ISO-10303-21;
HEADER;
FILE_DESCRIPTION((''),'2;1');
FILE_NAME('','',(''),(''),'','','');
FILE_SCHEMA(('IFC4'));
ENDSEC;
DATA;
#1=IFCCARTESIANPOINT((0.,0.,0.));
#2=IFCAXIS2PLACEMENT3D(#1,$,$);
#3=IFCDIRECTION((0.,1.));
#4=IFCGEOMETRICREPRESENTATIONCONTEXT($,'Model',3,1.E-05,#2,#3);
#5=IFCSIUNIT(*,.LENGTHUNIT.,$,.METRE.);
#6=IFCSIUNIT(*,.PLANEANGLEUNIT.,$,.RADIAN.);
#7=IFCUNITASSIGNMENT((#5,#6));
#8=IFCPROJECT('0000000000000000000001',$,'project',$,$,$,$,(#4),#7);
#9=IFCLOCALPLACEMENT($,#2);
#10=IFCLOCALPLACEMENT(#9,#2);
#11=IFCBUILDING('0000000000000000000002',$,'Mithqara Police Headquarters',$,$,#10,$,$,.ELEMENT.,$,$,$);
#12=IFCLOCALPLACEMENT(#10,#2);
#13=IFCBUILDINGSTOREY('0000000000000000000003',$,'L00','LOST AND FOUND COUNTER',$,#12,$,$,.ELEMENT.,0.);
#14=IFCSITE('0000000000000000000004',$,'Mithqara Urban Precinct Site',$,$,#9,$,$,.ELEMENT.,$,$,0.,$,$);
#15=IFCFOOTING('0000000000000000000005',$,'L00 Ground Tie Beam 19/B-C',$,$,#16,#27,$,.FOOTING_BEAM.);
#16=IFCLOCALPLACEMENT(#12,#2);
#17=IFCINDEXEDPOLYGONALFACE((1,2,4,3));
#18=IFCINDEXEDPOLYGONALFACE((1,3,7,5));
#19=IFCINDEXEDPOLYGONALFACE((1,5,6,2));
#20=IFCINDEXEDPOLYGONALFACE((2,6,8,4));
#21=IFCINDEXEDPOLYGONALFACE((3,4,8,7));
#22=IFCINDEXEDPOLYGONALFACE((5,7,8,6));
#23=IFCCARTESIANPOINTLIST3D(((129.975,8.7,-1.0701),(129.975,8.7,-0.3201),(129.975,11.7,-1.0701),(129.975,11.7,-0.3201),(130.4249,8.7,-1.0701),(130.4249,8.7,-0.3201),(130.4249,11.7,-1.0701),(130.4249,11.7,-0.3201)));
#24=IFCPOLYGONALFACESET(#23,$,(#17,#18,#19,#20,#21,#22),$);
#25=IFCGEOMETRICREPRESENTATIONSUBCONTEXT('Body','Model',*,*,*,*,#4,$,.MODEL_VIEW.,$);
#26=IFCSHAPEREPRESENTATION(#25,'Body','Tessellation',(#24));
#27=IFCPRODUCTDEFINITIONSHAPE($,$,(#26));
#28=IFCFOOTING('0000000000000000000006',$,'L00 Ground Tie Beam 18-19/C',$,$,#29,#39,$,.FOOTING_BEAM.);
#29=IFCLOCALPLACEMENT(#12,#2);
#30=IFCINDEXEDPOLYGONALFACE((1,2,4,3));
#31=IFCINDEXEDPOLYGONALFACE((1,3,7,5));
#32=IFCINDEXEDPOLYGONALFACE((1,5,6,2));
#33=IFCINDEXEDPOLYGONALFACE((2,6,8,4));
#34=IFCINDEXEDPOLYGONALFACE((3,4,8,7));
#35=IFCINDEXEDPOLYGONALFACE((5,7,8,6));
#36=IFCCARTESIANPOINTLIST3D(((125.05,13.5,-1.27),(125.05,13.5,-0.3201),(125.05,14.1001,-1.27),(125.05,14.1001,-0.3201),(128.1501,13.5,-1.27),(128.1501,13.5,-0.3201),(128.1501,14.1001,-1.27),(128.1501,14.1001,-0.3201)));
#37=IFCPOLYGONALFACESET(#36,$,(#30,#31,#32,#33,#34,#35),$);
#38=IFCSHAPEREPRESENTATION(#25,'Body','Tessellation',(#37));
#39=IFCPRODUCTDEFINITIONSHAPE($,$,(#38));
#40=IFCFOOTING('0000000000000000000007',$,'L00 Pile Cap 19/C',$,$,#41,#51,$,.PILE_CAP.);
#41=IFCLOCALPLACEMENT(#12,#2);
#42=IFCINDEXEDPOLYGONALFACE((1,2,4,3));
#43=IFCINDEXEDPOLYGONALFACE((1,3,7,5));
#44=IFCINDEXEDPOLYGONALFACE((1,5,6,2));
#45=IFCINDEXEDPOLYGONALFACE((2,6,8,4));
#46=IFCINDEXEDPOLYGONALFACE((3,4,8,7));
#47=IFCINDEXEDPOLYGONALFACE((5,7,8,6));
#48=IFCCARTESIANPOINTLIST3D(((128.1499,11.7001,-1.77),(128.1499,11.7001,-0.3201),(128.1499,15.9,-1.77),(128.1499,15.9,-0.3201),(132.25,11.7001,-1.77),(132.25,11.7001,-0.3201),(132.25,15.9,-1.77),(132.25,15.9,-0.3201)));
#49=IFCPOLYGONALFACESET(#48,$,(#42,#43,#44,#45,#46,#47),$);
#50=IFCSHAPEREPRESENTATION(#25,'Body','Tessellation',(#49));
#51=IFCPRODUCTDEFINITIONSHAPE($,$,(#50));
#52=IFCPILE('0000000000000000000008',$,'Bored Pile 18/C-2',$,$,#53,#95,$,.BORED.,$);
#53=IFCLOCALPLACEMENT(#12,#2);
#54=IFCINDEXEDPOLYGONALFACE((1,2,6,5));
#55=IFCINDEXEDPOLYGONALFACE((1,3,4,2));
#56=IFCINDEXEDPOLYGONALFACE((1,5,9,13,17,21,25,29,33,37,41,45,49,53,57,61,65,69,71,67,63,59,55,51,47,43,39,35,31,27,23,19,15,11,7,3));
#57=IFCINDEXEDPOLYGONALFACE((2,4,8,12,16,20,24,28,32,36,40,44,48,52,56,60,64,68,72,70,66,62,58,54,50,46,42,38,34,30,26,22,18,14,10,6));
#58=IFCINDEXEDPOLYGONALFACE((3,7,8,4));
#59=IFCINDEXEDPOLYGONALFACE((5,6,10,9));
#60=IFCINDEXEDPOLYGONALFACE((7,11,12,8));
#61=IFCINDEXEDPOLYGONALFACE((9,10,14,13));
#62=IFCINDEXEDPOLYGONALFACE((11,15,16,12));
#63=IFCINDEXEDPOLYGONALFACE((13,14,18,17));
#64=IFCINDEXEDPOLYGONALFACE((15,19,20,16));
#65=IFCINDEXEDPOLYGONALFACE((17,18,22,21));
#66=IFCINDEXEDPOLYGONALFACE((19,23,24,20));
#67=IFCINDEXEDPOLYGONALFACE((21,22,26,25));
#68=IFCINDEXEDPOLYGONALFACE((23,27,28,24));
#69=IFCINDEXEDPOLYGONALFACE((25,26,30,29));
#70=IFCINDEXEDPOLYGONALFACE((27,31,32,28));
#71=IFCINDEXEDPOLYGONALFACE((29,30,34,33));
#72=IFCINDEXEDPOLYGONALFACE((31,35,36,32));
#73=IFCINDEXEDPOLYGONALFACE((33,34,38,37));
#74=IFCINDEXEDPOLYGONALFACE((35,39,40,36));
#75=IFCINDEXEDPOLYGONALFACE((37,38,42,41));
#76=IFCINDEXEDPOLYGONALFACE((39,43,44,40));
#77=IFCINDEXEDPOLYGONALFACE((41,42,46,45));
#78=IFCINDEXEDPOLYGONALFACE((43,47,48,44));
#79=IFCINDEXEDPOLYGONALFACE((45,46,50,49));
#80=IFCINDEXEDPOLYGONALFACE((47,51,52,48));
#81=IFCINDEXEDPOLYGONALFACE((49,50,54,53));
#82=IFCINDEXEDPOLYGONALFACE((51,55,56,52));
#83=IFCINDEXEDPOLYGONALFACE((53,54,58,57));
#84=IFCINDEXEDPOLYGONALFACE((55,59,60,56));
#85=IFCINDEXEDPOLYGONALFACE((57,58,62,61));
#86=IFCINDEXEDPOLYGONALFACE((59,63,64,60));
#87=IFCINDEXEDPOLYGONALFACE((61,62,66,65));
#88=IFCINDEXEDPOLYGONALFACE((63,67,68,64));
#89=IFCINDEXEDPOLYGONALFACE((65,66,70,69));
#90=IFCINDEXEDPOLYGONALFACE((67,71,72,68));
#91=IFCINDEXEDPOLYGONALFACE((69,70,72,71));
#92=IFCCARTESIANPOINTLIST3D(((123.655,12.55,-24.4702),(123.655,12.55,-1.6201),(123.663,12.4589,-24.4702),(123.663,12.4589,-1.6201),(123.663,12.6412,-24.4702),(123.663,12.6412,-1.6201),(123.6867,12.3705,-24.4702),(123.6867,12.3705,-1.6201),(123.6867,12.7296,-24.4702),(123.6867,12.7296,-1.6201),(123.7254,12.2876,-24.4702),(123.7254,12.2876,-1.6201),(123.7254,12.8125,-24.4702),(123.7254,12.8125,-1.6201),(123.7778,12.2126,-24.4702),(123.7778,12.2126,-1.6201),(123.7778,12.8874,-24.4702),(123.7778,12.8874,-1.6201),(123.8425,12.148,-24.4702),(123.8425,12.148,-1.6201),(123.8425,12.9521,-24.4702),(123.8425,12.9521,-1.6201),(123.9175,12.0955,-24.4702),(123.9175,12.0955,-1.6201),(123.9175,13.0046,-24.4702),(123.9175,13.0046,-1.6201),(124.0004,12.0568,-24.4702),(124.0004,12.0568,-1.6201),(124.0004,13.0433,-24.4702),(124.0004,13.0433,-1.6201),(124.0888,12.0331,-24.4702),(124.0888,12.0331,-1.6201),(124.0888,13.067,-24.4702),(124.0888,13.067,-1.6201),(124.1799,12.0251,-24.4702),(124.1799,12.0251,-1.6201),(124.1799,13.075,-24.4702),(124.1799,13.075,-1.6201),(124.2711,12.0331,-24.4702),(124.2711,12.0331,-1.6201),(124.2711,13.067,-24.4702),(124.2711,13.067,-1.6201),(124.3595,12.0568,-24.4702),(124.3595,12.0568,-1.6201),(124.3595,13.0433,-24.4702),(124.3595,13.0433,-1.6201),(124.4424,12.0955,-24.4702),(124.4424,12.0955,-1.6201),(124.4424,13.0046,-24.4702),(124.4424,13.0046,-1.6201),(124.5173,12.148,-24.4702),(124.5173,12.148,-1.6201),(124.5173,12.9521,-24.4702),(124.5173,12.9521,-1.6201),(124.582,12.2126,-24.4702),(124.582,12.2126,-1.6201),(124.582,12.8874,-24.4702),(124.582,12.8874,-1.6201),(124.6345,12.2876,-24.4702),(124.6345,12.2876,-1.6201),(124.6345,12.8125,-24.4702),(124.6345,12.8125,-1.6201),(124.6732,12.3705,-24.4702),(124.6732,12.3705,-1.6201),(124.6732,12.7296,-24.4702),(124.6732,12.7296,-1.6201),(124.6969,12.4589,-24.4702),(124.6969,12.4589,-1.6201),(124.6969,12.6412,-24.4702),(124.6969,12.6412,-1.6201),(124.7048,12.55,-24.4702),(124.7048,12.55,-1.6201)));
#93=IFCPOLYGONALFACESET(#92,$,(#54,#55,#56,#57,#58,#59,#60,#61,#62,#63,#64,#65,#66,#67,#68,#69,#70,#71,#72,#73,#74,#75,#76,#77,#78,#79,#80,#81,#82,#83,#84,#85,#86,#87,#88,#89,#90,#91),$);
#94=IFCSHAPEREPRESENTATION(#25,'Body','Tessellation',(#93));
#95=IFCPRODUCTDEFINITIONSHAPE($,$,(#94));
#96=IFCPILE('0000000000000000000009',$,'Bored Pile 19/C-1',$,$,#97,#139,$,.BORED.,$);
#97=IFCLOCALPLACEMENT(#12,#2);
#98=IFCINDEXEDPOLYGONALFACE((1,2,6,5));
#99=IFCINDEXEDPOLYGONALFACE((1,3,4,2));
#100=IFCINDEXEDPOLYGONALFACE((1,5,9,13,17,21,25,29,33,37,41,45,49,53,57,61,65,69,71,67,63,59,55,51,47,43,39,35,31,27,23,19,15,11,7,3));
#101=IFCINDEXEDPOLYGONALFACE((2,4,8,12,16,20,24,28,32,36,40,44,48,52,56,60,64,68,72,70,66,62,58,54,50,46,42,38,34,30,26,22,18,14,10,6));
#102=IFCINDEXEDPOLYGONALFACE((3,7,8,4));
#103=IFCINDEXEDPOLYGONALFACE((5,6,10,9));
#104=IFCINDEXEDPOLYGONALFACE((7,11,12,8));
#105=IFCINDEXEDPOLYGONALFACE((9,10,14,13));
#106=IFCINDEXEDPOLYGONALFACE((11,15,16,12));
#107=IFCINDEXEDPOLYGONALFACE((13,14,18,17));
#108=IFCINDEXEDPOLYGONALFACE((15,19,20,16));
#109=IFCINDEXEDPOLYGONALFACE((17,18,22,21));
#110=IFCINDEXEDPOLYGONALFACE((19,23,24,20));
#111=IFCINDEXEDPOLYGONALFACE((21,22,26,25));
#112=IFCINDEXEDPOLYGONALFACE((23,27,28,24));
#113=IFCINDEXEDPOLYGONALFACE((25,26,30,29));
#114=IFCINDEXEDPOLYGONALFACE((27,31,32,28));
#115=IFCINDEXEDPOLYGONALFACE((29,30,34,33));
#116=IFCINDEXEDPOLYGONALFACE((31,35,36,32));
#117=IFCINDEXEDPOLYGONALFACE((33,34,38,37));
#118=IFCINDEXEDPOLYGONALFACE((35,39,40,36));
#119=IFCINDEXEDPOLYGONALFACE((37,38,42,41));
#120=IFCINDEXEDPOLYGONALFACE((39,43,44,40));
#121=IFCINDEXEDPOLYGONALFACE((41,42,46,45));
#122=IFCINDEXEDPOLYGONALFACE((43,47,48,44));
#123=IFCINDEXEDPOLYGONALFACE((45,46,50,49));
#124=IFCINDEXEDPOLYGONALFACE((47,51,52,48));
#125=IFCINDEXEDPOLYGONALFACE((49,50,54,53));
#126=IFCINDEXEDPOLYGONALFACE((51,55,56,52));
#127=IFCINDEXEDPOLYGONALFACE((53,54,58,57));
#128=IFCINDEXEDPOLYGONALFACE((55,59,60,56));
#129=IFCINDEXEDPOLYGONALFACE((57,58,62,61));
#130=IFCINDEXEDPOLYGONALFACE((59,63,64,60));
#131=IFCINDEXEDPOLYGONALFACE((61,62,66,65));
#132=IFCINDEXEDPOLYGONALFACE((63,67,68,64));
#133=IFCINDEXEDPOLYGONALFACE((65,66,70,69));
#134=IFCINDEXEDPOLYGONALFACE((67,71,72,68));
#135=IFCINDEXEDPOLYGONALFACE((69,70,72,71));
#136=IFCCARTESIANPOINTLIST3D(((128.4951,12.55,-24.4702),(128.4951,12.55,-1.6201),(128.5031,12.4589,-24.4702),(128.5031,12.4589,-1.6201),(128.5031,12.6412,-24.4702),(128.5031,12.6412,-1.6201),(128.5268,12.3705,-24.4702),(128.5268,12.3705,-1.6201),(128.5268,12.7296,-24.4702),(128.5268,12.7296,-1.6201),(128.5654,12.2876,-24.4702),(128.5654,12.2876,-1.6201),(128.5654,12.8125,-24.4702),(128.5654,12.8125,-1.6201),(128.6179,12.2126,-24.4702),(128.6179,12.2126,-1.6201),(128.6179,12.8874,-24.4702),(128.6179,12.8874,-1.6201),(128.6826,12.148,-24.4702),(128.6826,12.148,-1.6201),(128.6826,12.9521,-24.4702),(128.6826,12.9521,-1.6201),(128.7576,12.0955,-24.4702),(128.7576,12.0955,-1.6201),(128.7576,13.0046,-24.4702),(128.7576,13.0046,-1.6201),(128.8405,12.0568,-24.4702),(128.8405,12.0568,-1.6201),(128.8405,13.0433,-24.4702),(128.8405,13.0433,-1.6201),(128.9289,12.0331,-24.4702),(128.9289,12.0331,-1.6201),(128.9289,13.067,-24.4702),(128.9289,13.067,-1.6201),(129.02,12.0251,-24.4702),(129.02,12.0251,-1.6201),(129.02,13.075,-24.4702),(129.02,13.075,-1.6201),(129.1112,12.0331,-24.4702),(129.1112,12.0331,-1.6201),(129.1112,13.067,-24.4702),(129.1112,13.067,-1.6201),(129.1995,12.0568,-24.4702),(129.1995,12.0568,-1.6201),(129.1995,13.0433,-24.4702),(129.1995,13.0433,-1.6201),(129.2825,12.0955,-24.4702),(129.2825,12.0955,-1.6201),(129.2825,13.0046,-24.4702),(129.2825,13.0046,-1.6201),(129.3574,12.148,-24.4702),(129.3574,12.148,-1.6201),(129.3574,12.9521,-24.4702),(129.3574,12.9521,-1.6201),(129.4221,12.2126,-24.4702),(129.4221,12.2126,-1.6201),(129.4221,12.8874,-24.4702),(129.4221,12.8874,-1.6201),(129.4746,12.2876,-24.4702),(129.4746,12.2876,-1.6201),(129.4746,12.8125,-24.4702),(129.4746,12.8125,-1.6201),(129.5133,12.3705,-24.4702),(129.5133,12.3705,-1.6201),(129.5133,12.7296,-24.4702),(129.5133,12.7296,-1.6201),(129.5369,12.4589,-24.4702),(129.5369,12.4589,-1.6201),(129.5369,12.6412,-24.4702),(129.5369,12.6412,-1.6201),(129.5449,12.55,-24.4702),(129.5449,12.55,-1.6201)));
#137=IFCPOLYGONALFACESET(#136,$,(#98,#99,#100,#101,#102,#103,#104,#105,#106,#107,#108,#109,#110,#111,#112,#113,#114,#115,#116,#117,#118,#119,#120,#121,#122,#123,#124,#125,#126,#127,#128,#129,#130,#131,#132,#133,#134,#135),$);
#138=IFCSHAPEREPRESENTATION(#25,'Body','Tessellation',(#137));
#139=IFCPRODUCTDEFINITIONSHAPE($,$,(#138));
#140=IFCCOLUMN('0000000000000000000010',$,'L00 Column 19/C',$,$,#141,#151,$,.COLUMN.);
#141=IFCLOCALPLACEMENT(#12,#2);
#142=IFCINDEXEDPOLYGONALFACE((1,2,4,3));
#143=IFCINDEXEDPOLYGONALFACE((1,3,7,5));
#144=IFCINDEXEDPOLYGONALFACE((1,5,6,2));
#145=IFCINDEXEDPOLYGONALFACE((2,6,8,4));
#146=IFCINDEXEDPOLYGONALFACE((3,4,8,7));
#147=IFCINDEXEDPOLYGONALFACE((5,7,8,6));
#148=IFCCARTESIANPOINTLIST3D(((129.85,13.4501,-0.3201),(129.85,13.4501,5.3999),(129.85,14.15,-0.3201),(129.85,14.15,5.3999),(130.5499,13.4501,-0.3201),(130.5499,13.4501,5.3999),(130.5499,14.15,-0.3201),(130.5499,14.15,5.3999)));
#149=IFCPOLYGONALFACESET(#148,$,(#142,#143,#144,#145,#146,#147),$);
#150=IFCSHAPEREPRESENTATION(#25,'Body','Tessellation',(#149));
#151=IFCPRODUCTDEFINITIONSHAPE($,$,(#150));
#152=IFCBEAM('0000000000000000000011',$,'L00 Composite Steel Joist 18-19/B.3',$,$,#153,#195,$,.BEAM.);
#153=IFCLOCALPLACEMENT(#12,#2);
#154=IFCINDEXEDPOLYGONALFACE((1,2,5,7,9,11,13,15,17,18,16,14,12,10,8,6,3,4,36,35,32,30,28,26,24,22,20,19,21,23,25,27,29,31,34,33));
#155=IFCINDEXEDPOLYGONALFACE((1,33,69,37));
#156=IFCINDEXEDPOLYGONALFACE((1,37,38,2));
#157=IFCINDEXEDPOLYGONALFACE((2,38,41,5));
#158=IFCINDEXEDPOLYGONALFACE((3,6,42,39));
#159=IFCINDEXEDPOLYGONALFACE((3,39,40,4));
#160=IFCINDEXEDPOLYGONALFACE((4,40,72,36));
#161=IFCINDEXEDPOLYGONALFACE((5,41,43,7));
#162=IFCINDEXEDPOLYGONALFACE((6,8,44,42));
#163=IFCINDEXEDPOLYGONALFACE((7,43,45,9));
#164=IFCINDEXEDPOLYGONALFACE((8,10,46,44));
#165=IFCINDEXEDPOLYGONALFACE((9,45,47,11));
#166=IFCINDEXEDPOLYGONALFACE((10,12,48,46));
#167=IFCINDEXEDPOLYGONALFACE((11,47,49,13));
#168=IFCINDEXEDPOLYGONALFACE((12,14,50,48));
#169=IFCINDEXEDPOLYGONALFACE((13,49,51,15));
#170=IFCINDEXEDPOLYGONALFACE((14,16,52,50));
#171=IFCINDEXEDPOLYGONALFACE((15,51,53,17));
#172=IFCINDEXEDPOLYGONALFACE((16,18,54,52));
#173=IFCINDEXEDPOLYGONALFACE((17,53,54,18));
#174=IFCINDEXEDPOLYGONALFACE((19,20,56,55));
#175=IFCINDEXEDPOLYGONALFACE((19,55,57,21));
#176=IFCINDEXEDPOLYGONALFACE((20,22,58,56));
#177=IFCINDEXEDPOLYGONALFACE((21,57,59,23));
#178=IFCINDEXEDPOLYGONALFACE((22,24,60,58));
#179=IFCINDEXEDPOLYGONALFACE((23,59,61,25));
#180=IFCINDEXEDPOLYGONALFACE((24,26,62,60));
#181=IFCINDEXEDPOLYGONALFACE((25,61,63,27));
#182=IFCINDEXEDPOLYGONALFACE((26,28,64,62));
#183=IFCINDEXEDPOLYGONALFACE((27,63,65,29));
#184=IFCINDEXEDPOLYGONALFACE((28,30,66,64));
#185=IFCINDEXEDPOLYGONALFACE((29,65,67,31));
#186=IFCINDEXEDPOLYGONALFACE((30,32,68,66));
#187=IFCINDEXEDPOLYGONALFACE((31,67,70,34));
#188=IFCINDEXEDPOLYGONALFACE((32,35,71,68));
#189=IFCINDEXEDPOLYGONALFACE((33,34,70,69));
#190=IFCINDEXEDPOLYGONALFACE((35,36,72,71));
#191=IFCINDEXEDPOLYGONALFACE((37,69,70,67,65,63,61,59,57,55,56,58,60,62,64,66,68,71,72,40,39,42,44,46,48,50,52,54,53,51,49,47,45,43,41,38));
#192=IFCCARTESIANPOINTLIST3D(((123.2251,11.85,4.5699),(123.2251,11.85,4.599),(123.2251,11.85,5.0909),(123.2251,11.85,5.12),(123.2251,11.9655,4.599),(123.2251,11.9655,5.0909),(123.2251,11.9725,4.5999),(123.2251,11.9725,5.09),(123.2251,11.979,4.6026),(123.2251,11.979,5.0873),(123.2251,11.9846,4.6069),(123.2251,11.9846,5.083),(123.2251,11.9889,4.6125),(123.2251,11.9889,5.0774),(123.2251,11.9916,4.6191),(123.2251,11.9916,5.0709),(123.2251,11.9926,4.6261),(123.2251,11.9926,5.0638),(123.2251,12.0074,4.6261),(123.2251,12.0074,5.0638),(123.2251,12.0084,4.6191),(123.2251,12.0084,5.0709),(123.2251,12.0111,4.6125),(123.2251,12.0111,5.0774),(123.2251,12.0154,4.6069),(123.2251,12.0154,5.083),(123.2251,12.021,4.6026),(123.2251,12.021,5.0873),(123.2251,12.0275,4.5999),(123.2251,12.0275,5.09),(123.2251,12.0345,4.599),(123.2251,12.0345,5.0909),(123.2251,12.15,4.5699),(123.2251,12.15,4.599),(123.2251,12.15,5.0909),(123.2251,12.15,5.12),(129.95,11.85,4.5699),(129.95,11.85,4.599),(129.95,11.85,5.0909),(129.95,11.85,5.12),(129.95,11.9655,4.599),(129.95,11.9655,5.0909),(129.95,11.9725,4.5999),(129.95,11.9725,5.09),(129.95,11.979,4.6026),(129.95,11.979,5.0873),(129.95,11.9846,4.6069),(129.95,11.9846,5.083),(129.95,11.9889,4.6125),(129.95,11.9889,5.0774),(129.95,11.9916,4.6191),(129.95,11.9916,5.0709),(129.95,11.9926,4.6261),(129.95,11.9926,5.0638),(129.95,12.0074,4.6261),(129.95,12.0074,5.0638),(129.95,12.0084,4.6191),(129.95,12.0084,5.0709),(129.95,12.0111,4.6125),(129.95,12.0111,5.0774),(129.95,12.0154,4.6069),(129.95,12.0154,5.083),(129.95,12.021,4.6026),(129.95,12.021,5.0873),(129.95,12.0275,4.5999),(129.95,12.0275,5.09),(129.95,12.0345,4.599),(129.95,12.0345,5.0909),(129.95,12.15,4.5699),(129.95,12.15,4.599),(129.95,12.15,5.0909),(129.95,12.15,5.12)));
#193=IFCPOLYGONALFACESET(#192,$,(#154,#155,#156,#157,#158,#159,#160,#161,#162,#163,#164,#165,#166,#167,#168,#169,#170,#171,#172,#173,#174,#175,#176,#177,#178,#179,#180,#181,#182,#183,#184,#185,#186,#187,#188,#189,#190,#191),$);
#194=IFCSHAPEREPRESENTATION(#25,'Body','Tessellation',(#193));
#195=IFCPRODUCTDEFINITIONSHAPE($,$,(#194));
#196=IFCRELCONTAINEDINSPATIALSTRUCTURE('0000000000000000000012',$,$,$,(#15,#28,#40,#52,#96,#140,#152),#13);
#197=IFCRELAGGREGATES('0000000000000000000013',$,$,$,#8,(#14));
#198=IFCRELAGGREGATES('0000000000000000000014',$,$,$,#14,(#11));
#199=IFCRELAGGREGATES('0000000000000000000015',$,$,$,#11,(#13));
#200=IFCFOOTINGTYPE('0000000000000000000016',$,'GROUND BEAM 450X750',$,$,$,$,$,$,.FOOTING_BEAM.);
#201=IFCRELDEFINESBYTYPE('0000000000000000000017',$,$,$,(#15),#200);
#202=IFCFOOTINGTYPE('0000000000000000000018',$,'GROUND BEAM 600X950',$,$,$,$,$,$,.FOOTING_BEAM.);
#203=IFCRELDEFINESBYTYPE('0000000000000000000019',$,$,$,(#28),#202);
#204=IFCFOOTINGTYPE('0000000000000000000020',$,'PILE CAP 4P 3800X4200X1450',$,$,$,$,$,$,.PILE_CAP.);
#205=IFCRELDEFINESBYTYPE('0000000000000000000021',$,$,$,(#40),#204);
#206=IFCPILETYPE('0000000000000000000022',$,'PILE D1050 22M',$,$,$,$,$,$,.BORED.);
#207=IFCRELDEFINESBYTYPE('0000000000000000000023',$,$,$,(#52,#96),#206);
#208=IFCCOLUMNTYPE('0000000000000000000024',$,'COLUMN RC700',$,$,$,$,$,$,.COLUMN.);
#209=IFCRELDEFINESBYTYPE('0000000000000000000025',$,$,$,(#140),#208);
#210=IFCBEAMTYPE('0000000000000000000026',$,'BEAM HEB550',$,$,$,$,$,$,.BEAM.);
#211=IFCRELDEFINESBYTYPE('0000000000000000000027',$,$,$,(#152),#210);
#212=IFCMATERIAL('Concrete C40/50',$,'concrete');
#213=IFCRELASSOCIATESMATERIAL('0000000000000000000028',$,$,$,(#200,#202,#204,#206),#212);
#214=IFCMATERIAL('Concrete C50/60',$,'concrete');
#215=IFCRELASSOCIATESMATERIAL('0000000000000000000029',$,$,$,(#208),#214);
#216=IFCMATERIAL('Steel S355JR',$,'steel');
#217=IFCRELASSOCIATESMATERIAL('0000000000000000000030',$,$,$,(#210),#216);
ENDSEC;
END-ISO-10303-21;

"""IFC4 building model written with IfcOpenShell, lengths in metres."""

from ifc_helpers import new_model, si_unit, direction, frame, origin, origin_2d, place, context, subcontext, project, spatial, rectangle, circle, i_section, extrude, material, material_profile, profile_set, type_object, element, save


model = new_model("IFC4")

# Units and contexts
model_context = context("Model", 3, precision=1e-05, world=origin(), true_north=direction((0.0, 1.0)))
body_context = subcontext(model_context, "Body", "Model", "MODEL_VIEW")
ifc_project = project(units=[si_unit("LENGTHUNIT", "METRE"), si_unit("PLANEANGLEUNIT", "RADIAN")], contexts=[model_context])

# Site, building, storey
site_placement = place(None, origin())
site = spatial("IfcSite", under=ifc_project, at=site_placement, Name="Mithqara Urban Precinct Site", CompositionType="ELEMENT", RefElevation=0.0)
building_placement = place(site_placement, origin())
building = spatial("IfcBuilding", under=site, at=building_placement, Name="Mithqara Police Headquarters", CompositionType="ELEMENT")
storey_placement = place(building_placement, origin())
storey = spatial("IfcBuildingStorey", under=building, at=storey_placement, Name="L00", Description="LOST AND FOUND COUNTER", CompositionType="ELEMENT", Elevation=0.0)

# Footings
ifc_material_1 = material(Name="Concrete C40/50", Category="concrete")
footing_type_1 = type_object("IfcFootingType", Name="GROUND BEAM 450X750", PredefinedType="FOOTING_BEAM", material=ifc_material_1)
footing_1_placement = place(storey_placement, frame((130.2, 10.2, -1.0701), z_axis=(0.0, 0.0, 1.0), x_axis=(1.0, 0.0, 0.0)))
element("IfcFooting", 1, at=footing_1_placement, inside=storey, type_object=footing_type_1, Name="L00 Ground Tie Beam 19/B-C", PredefinedType="FOOTING_BEAM", context=body_context, shape_type="SweptSolid", body=[
    extrude(rectangle(XDim=0.45, YDim=3.0, at=origin_2d()), origin(), (0.0, 0.0, 1.0), 0.75),
])
footing_type_2 = type_object("IfcFootingType", Name="GROUND BEAM 600X950", PredefinedType="FOOTING_BEAM", material=ifc_material_1)
footing_2_placement = place(storey_placement, frame((126.6001, 13.8, -1.27), z_axis=(0.0, 0.0, 1.0), x_axis=(1.0, 0.0, 0.0)))
element("IfcFooting", 2, at=footing_2_placement, inside=storey, type_object=footing_type_2, Name="L00 Ground Tie Beam 18-19/C", PredefinedType="FOOTING_BEAM", context=body_context, shape_type="SweptSolid", body=[
    extrude(rectangle(XDim=3.1001, YDim=0.6001, at=origin_2d()), origin(), (0.0, 0.0, 1.0), 0.95),
])
footing_type_3 = type_object("IfcFootingType", Name="PILE CAP 4P 3800X4200X1450", PredefinedType="PILE_CAP", material=ifc_material_1)
footing_3_placement = place(storey_placement, frame((130.2, 13.8, -1.77), z_axis=(0.0, 0.0, 1.0), x_axis=(1.0, 0.0, 0.0)))
element("IfcFooting", 3, at=footing_3_placement, inside=storey, type_object=footing_type_3, Name="L00 Pile Cap 19/C", PredefinedType="PILE_CAP", context=body_context, shape_type="SweptSolid", body=[
    extrude(rectangle(XDim=4.1001, YDim=4.2, at=origin_2d()), origin(), (0.0, 0.0, 1.0), 1.45),
])

# Piles
ifc_material_profile_1 = material_profile(ifc_material_1, circle(Radius=0.5249, at=origin_2d()), Name="PILE D1050")
ifc_profile_set_1 = profile_set([ifc_material_profile_1], Name="Concrete C40/50")
pile_type = type_object("IfcPileType", Name="PILE D1050 22M", PredefinedType="BORED", material=ifc_profile_set_1)
for number, where, z_axis, x_axis, name in (
    (4, (124.1799, 12.55, -1.6201), (0.0, 0.0, -1.0), (1.0, 0.0, 0.0), "Bored Pile 18/C-2"),
    (5, (129.02, 12.55, -1.6201), (0.0, 0.0, -1.0), (1.0, 0.0, 0.0), "Bored Pile 19/C-1"),
):
    element("IfcPile", number, at=place(storey_placement, frame(where, z_axis=z_axis, x_axis=x_axis)), inside=storey, type_object=pile_type, Name=name, PredefinedType="BORED", context=body_context, shape_type="SweptSolid", body=[
        extrude(circle(Radius=0.5249, at=origin_2d()), origin(), (0.0, 0.0, 1.0), 22.8501),
    ])

# Column
ifc_material_2 = material(Name="Concrete C50/60", Category="concrete")
ifc_material_profile_2 = material_profile(ifc_material_2, rectangle(XDim=0.7, YDim=0.7, at=origin_2d()), Name="RC 700x700")
ifc_profile_set_2 = profile_set([ifc_material_profile_2], Name="Concrete C50/60")
column_type = type_object("IfcColumnType", Name="COLUMN RC700", PredefinedType="COLUMN", material=ifc_profile_set_2)
column_placement = place(storey_placement, frame((130.2, 13.8, -0.3201), z_axis=(0.0, 0.0, 1.0), x_axis=(1.0, 0.0, 0.0)))
element("IfcColumn", 6, at=column_placement, inside=storey, type_object=column_type, Name="L00 Column 19/C", PredefinedType="COLUMN", context=body_context, shape_type="SweptSolid", body=[
    extrude(rectangle(XDim=0.7, YDim=0.7, at=origin_2d()), origin(), (0.0, 0.0, 1.0), 5.72),
])

# Beam
ifc_material_3 = material(Name="Steel S355JR", Category="steel")
ifc_material_profile_3 = material_profile(ifc_material_3, i_section(OverallWidth=0.3, OverallDepth=0.55, WebThickness=0.0149, FlangeThickness=0.0291, FilletRadius=0.0271, at=origin_2d()), Name="HEB 550")
ifc_profile_set_3 = profile_set([ifc_material_profile_3], Name="Steel S355JR")
beam_type_1 = type_object("IfcBeamType", Name="BEAM HEB550", PredefinedType="BEAM", material=ifc_profile_set_3)
beam_1_placement = place(storey_placement, frame((123.2251, 12.0, 4.845), z_axis=(1.0, 0.0, 0.0), x_axis=(0.0, 1.0, 0.0)))
element("IfcBeam", 7, at=beam_1_placement, inside=storey, type_object=beam_type_1, Name="L00 Composite Steel Joist 18-19/B.3", PredefinedType="BEAM", context=body_context, shape_type="SweptSolid", body=[
    extrude(i_section(OverallWidth=0.3, OverallDepth=0.55, WebThickness=0.0149, FlangeThickness=0.0291, FilletRadius=0.0271, at=origin_2d()), origin(), (0.0, 0.0, 1.0), 6.7249),
])

save(model, "model.ifc")
